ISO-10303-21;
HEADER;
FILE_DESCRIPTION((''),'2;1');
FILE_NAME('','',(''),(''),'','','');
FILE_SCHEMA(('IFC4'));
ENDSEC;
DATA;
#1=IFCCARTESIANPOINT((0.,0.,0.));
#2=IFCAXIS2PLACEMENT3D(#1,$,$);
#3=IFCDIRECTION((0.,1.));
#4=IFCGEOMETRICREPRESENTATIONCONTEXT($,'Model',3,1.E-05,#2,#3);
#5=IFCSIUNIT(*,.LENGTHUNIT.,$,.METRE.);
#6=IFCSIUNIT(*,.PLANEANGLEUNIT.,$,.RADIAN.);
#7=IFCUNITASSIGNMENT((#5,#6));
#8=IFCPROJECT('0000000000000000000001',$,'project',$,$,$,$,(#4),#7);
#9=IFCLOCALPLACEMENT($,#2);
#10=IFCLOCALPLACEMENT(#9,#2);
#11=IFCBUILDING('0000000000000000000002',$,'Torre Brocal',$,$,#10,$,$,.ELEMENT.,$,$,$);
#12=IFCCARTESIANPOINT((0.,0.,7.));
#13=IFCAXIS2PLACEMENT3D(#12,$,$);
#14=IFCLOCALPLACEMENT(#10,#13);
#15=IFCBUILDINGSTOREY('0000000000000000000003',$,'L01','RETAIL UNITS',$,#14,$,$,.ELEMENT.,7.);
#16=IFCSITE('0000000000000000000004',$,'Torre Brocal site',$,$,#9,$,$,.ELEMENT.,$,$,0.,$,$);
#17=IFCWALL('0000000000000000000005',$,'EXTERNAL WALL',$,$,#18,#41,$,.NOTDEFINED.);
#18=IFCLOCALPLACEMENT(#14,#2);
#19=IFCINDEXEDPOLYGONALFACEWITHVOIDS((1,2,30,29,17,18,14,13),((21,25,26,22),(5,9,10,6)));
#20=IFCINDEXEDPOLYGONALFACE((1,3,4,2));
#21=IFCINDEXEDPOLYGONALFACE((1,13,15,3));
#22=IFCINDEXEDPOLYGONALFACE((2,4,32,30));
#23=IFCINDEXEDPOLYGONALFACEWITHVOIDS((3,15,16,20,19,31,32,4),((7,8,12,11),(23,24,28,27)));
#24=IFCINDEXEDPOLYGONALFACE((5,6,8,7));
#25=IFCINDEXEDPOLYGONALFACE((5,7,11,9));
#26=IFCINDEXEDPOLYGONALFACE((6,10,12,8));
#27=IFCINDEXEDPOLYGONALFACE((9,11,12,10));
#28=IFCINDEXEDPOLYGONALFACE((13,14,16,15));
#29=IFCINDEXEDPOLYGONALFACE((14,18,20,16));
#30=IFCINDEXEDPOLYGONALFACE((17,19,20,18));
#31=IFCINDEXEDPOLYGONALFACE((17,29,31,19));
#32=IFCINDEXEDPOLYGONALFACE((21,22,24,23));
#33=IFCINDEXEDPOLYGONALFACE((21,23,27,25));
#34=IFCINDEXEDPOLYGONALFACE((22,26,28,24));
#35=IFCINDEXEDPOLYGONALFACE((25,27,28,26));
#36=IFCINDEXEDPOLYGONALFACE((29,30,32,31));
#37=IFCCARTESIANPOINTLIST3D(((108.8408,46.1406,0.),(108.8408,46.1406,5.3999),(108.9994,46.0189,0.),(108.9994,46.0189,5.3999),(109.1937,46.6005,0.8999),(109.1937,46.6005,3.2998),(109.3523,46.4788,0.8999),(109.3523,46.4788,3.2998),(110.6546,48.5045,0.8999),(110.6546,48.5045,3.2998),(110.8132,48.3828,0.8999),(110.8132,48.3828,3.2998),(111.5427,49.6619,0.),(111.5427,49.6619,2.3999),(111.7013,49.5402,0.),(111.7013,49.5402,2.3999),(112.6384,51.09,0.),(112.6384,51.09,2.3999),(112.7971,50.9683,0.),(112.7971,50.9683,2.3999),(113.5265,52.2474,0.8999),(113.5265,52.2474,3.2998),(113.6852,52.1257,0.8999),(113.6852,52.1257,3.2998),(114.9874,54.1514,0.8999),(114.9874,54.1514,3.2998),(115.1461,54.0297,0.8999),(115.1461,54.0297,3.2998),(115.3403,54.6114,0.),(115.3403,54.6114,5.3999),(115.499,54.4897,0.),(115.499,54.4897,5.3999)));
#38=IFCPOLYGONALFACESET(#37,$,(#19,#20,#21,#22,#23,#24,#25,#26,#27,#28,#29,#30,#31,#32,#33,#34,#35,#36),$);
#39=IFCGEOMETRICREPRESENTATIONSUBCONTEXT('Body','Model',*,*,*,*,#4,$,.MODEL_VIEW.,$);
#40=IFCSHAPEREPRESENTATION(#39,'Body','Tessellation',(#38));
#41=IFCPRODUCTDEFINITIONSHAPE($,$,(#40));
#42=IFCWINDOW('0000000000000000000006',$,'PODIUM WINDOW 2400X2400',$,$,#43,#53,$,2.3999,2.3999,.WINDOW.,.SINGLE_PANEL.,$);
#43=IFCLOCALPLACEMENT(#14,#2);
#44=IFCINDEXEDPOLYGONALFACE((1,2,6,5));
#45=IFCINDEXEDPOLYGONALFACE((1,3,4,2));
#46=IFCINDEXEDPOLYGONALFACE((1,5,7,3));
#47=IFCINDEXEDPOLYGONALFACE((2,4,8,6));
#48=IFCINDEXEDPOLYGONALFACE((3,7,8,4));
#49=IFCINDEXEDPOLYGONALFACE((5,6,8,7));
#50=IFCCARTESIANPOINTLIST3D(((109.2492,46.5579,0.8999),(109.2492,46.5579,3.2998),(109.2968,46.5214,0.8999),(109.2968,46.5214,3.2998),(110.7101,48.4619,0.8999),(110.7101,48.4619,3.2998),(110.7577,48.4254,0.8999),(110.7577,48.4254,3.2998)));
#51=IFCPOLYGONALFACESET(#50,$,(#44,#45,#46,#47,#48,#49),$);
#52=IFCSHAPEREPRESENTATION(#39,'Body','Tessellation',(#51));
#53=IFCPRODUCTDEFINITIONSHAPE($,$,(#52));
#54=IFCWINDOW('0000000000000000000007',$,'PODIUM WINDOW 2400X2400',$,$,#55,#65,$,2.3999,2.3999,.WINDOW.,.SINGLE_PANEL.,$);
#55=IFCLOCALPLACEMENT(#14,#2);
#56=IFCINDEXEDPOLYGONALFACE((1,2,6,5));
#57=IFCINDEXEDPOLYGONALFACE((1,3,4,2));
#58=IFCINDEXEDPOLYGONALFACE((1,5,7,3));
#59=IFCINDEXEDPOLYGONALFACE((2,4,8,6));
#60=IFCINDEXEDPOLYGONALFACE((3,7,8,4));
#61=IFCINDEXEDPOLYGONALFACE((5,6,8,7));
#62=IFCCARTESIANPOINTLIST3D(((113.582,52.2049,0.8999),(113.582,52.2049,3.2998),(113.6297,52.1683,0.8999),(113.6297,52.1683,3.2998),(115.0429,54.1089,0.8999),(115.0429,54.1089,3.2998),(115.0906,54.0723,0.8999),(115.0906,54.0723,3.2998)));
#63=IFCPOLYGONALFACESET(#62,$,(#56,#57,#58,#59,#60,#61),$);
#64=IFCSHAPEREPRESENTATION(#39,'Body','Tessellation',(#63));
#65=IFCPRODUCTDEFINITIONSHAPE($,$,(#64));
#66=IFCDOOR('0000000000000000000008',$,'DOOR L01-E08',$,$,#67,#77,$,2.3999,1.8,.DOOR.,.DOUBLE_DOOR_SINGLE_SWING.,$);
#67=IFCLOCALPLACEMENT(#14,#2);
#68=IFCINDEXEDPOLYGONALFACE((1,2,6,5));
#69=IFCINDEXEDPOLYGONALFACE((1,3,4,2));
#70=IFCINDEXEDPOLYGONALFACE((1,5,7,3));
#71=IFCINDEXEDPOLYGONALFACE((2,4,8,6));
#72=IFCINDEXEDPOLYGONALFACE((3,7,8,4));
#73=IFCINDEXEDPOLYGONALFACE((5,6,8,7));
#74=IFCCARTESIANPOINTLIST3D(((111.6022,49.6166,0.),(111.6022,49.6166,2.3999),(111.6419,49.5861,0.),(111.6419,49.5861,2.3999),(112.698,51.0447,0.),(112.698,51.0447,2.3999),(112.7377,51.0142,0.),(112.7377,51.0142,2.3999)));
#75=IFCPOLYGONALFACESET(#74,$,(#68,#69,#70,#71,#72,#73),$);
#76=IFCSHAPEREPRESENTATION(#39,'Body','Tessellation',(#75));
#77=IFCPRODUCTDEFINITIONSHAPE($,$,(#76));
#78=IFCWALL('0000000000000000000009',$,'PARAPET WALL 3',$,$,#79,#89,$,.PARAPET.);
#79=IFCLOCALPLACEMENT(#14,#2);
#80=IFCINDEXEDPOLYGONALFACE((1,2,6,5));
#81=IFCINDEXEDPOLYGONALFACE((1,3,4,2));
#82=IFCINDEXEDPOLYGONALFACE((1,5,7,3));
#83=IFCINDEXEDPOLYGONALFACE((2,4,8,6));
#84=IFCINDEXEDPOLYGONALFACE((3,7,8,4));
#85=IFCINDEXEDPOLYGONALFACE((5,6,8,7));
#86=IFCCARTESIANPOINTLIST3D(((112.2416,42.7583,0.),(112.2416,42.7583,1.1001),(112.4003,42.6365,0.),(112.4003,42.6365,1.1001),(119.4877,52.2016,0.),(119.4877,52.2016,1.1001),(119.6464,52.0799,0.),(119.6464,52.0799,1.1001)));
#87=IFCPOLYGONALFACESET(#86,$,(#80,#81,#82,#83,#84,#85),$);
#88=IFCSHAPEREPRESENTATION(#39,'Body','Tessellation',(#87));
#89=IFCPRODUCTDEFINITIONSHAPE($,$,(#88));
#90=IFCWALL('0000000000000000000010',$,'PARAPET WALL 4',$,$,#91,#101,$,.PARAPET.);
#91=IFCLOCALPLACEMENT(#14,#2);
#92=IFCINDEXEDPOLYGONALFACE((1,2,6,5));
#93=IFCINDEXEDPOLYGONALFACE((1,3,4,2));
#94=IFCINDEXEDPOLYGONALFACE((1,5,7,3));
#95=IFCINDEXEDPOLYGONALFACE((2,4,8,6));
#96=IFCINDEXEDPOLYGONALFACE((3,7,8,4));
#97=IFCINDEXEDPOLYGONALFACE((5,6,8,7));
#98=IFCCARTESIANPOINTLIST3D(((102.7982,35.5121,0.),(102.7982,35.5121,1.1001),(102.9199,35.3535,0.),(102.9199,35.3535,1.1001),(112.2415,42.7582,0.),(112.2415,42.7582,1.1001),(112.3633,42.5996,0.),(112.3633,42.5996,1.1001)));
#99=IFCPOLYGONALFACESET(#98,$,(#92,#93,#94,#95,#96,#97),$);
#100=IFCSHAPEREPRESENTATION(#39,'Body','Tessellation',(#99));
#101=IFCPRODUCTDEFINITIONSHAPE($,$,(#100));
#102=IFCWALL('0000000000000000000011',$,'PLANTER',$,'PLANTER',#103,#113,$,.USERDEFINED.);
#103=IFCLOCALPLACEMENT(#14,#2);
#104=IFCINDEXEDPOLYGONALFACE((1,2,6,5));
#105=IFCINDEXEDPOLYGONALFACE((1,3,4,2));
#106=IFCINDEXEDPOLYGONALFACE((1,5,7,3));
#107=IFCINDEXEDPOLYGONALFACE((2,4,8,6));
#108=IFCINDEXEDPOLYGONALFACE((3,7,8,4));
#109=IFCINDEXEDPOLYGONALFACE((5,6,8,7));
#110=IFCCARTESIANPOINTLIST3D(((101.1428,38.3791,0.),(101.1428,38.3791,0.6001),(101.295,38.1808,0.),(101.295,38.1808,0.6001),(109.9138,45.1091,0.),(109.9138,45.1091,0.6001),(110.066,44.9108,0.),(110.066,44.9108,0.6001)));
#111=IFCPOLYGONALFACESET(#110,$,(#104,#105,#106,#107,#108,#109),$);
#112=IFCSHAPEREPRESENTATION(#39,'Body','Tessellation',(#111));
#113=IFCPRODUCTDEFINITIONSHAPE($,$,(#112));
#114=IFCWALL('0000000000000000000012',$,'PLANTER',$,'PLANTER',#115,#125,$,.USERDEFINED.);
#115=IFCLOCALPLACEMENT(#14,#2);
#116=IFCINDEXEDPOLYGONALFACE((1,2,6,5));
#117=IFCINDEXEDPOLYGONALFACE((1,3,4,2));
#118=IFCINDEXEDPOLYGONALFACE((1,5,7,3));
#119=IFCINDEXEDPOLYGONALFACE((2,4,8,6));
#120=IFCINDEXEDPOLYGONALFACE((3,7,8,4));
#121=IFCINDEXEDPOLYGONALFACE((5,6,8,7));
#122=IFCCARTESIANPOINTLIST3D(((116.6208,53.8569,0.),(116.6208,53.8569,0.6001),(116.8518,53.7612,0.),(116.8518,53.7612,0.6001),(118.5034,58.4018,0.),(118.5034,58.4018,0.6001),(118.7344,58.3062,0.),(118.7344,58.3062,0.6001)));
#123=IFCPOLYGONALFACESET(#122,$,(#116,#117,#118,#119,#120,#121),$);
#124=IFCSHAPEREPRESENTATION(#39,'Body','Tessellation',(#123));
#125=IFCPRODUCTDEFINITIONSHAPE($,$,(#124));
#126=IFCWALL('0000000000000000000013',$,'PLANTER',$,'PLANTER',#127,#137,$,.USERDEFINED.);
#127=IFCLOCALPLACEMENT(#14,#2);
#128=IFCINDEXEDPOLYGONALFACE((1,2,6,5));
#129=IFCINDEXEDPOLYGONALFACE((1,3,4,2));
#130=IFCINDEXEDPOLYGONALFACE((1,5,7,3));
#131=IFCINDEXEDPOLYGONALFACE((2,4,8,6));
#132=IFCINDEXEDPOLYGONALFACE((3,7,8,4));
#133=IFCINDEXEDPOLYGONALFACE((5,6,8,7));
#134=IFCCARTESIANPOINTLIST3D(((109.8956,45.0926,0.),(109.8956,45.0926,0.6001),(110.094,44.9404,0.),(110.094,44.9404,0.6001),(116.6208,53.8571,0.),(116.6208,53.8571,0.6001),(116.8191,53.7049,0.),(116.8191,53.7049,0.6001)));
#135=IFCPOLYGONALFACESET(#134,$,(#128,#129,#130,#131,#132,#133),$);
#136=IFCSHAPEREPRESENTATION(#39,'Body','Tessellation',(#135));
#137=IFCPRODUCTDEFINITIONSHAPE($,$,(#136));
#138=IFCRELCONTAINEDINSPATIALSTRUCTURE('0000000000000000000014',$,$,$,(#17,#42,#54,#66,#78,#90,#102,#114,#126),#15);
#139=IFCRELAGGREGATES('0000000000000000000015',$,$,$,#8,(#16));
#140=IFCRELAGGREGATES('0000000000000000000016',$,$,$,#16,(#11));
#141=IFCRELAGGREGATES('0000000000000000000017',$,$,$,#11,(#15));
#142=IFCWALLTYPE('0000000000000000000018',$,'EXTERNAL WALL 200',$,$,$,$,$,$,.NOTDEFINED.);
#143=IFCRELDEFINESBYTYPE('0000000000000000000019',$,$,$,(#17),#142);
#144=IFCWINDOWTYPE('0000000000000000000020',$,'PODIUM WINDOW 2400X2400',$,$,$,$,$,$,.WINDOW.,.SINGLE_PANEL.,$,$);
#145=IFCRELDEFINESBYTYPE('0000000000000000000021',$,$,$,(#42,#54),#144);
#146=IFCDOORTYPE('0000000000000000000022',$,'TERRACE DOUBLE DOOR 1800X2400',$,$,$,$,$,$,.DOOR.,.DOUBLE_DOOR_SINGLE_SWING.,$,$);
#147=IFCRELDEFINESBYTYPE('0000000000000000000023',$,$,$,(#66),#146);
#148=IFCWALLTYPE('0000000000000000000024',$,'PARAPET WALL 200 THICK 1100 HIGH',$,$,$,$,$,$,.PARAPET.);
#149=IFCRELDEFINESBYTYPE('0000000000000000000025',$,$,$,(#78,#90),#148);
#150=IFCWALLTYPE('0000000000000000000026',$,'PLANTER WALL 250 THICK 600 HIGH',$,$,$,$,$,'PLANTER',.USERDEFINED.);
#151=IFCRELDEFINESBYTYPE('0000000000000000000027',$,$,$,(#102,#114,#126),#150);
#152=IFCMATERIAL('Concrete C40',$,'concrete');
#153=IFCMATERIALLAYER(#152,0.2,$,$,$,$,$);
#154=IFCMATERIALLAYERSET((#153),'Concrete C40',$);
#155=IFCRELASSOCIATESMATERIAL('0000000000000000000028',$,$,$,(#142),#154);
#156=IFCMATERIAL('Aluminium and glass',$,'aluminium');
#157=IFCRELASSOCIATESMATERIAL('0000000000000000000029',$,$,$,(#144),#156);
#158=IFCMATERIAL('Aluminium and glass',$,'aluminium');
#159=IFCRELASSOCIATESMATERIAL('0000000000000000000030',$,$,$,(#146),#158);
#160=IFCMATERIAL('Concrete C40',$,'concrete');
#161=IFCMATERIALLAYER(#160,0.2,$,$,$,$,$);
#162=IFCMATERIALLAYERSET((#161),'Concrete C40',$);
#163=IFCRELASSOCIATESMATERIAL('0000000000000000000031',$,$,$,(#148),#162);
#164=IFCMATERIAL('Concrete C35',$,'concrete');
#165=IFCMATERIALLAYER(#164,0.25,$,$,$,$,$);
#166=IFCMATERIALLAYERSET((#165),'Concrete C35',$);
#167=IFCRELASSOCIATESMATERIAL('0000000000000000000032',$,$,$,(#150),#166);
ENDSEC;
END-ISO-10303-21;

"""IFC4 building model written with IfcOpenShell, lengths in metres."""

from ifc_helpers import new_model, si_unit, direction, frame, frame_2d, origin, place, context, subcontext, project, spatial, rectangle, extrude, material, layer, layer_set, type_object, element, fill, save


model = new_model("IFC4")

# Units and contexts
model_context = context("Model", 3, precision=1e-05, world=origin(), true_north=direction((0.0, 1.0)))
body_context = subcontext(model_context, "Body", "Model", "MODEL_VIEW")
ifc_project = project(units=[si_unit("LENGTHUNIT", "METRE"), si_unit("PLANEANGLEUNIT", "RADIAN")], contexts=[model_context])

# Site, building, storey
site_placement = place(None, origin())
site = spatial("IfcSite", under=ifc_project, at=site_placement, Name="Torre Brocal site", CompositionType="ELEMENT", RefElevation=0.0)
building_placement = place(site_placement, origin())
building = spatial("IfcBuilding", under=site, at=building_placement, Name="Torre Brocal", CompositionType="ELEMENT")
storey_placement = place(building_placement, frame((0.0, 0.0, 7.0)))
storey = spatial("IfcBuildingStorey", under=building, at=storey_placement, Name="L01", Description="RETAIL UNITS", CompositionType="ELEMENT", Elevation=7.0)

# Wall, openings, windows, door
ifc_material_1 = material(Name="Concrete C40", Category="concrete")
ifc_layer_1 = layer(ifc_material_1, 0.2)
ifc_layer_set_1 = layer_set([ifc_layer_1], Name="Concrete C40")
wall_type_1 = type_object("IfcWallType", Name="EXTERNAL WALL 200", PredefinedType="NOTDEFINED", material=ifc_layer_set_1)
wall_1_placement = place(storey_placement, frame((108.9202, 46.0798, 0.0), z_axis=(0.0, 0.0, 1.0), x_axis=(0.608744, 0.793366, 0.0)))
wall_1 = element("IfcWall", 1, at=wall_1_placement, inside=storey, type_object=wall_type_1, Name="EXTERNAL WALL", PredefinedType="NOTDEFINED", context=body_context, shape_type="SweptSolid", body=[
    extrude(rectangle(XDim=10.677, YDim=0.2, at=frame_2d((5.3384, 0.0))), origin(), (0.0, 0.0, 1.0), 5.3999),
])
opening_1_placement = place(wall_1_placement, frame((0.5796, 0.0, 0.8999)))
opening_1 = element("IfcOpeningElement", 2, at=opening_1_placement, cuts=wall_1, PredefinedType="OPENING", context=body_context, shape_type="SweptSolid", body=[
    extrude(rectangle(XDim=2.3999, YDim=2.3999, at=frame_2d((1.2, 1.2))), frame((0.0, 0.1099, 0.0), z_axis=(0.0, -1.0, 0.0), x_axis=(1.0, 0.0, 0.0)), (0.0, 0.0, 1.0), 0.22),
])
opening_2_placement = place(wall_1_placement, frame((4.4385, 0.0, 0.0)))
opening_2 = element("IfcOpeningElement", 3, at=opening_2_placement, cuts=wall_1, PredefinedType="OPENING", context=body_context, shape_type="SweptSolid", body=[
    extrude(rectangle(XDim=1.8, YDim=2.3999, at=frame_2d((0.8999, 1.2))), frame((0.0, 0.1099, 0.0), z_axis=(0.0, -1.0, 0.0), x_axis=(1.0, 0.0, 0.0)), (0.0, 0.0, 1.0), 0.22),
])
opening_3_placement = place(wall_1_placement, frame((7.6973, 0.0, 0.8999)))
opening_3 = element("IfcOpeningElement", 4, at=opening_3_placement, cuts=wall_1, PredefinedType="OPENING", context=body_context, shape_type="SweptSolid", body=[
    extrude(rectangle(XDim=2.3999, YDim=2.3999, at=frame_2d((1.2, 1.2))), frame((0.0, 0.1099, 0.0), z_axis=(0.0, -1.0, 0.0), x_axis=(1.0, 0.0, 0.0)), (0.0, 0.0, 1.0), 0.22),
])
ifc_material_2 = material(Name="Aluminium and glass", Category="aluminium")
window_type = type_object("IfcWindowType", Name="PODIUM WINDOW 2400X2400", PartitioningType="SINGLE_PANEL", PredefinedType="WINDOW", material=ifc_material_2)
window_1_placement = place(opening_1_placement, origin())
window_1 = element("IfcWindow", 5, at=window_1_placement, inside=storey, type_object=window_type, Name="PODIUM WINDOW 2400X2400", OverallHeight=2.3999, OverallWidth=2.3999, PartitioningType="SINGLE_PANEL", PredefinedType="WINDOW", context=body_context, shape_type="SweptSolid", body=[
    extrude(rectangle(XDim=2.3999, YDim=2.3999, at=frame_2d((1.2, 1.2))), frame((0.0, 0.03, 0.0), z_axis=(0.0, -1.0, 0.0), x_axis=(1.0, 0.0, 0.0)), (0.0, 0.0, 1.0), 0.0601),
])
fill(opening_1, window_1)
window_2_placement = place(opening_3_placement, origin())
window_2 = element("IfcWindow", 6, at=window_2_placement, inside=storey, type_object=window_type, Name="PODIUM WINDOW 2400X2400", OverallHeight=2.3999, OverallWidth=2.3999, PartitioningType="SINGLE_PANEL", PredefinedType="WINDOW", context=body_context, shape_type="SweptSolid", body=[
    extrude(rectangle(XDim=2.3999, YDim=2.3999, at=frame_2d((1.2, 1.2))), frame((0.0, 0.03, 0.0), z_axis=(0.0, -1.0, 0.0), x_axis=(1.0, 0.0, 0.0)), (0.0, 0.0, 1.0), 0.0601),
])
fill(opening_3, window_2)
ifc_material_3 = material(Name="Aluminium and glass", Category="aluminium")
door_type = type_object("IfcDoorType", Name="TERRACE DOUBLE DOOR 1800X2400", OperationType="DOUBLE_DOOR_SINGLE_SWING", PredefinedType="DOOR", material=ifc_material_3)
door_placement = place(opening_2_placement, frame((1.8, 0.0, 0.0), z_axis=(0.0, 0.0, 1.0), x_axis=(-1.0, 0.0, 0.0)))
door = element("IfcDoor", 7, at=door_placement, inside=storey, type_object=door_type, Name="DOOR L01-E08", OperationType="DOUBLE_DOOR_SINGLE_SWING", OverallHeight=2.3999, OverallWidth=1.8, PredefinedType="DOOR", context=body_context, shape_type="SweptSolid", body=[
    extrude(rectangle(XDim=1.8, YDim=2.3999, at=frame_2d((0.8999, 1.2))), frame((0.0, 0.0249, 0.0), z_axis=(0.0, -1.0, 0.0), x_axis=(1.0, 0.0, 0.0)), (0.0, 0.0, 1.0), 0.05),
])
fill(opening_2, door)

# Walls
ifc_material_4 = material(Name="Concrete C40", Category="concrete")
ifc_layer_2 = layer(ifc_material_4, 0.2)
ifc_layer_set_2 = layer_set([ifc_layer_2], Name="Concrete C40")
wall_type_2 = type_object("IfcWallType", Name="PARAPET WALL 200 THICK 1100 HIGH", PredefinedType="PARAPET", material=ifc_layer_set_2)
for number, where, z_axis, x_axis, name in (
    (8, (119.5671, 52.1409, 0.0), (0.0, 0.0, 1.0), (-0.608759, -0.793355, 0.0), "PARAPET WALL 3"),
    (9, (112.3025, 42.679, 0.0), (0.0, 0.0, 1.0), (-0.793355, -0.608759, 0.0), "PARAPET WALL 4"),
):
    element("IfcWall", number, at=place(storey_placement, frame(where, z_axis=z_axis, x_axis=x_axis)), inside=storey, type_object=wall_type_2, Name=name, PredefinedType="PARAPET", context=body_context, shape_type="SweptSolid", body=[
        extrude(rectangle(XDim=11.9031, YDim=0.2, at=frame_2d((5.9517, 0.0))), origin(), (0.0, 0.0, 1.0), 1.1001),
    ])
ifc_material_5 = material(Name="Concrete C35", Category="concrete")
ifc_layer_3 = layer(ifc_material_5, 0.25)
ifc_layer_set_3 = layer_set([ifc_layer_3], Name="Concrete C35")
wall_type_3 = type_object("IfcWallType", Name="PLANTER WALL 250 THICK 600 HIGH", ElementType="PLANTER", PredefinedType="USERDEFINED", material=ifc_layer_set_3)
wall_2_placement = place(storey_placement, frame((109.99, 45.01, 0.0), z_axis=(0.0, 0.0, 1.0), x_axis=(-0.793364, -0.608748, 0.0)))
element("IfcWall", 10, at=wall_2_placement, inside=storey, type_object=wall_type_3, Name="PLANTER", ObjectType="PLANTER", PredefinedType="USERDEFINED", context=body_context, shape_type="SweptSolid", body=[
    extrude(rectangle(XDim=11.0554, YDim=0.25, at=frame_2d((5.5278, 0.0))), origin(), (0.0, 0.0, 1.0), 0.6001),
])
wall_3_placement = place(storey_placement, frame((118.6189, 58.354, 0.0), z_axis=(0.0, 0.0, 1.0), x_axis=(-0.382683, -0.92388, 0.0)))
element("IfcWall", 11, at=wall_3_placement, inside=storey, type_object=wall_type_3, Name="PLANTER", ObjectType="PLANTER", PredefinedType="USERDEFINED", context=body_context, shape_type="SweptSolid", body=[
    extrude(rectangle(XDim=4.9194, YDim=0.25, at=frame_2d((2.4597, 0.0))), origin(), (0.0, 0.0, 1.0), 0.6001),
])
wall_4_placement = place(storey_placement, frame((116.72, 53.781, 0.0), z_axis=(0.0, 0.0, 1.0), x_axis=(-0.608758, -0.793356, 0.0)))
element("IfcWall", 12, at=wall_4_placement, inside=storey, type_object=wall_type_3, Name="PLANTER", ObjectType="PLANTER", PredefinedType="USERDEFINED", context=body_context, shape_type="SweptSolid", body=[
    extrude(rectangle(XDim=11.0474, YDim=0.25, at=frame_2d((5.5237, 0.0))), origin(), (0.0, 0.0, 1.0), 0.6001),
])

save(model, "model.ifc")
